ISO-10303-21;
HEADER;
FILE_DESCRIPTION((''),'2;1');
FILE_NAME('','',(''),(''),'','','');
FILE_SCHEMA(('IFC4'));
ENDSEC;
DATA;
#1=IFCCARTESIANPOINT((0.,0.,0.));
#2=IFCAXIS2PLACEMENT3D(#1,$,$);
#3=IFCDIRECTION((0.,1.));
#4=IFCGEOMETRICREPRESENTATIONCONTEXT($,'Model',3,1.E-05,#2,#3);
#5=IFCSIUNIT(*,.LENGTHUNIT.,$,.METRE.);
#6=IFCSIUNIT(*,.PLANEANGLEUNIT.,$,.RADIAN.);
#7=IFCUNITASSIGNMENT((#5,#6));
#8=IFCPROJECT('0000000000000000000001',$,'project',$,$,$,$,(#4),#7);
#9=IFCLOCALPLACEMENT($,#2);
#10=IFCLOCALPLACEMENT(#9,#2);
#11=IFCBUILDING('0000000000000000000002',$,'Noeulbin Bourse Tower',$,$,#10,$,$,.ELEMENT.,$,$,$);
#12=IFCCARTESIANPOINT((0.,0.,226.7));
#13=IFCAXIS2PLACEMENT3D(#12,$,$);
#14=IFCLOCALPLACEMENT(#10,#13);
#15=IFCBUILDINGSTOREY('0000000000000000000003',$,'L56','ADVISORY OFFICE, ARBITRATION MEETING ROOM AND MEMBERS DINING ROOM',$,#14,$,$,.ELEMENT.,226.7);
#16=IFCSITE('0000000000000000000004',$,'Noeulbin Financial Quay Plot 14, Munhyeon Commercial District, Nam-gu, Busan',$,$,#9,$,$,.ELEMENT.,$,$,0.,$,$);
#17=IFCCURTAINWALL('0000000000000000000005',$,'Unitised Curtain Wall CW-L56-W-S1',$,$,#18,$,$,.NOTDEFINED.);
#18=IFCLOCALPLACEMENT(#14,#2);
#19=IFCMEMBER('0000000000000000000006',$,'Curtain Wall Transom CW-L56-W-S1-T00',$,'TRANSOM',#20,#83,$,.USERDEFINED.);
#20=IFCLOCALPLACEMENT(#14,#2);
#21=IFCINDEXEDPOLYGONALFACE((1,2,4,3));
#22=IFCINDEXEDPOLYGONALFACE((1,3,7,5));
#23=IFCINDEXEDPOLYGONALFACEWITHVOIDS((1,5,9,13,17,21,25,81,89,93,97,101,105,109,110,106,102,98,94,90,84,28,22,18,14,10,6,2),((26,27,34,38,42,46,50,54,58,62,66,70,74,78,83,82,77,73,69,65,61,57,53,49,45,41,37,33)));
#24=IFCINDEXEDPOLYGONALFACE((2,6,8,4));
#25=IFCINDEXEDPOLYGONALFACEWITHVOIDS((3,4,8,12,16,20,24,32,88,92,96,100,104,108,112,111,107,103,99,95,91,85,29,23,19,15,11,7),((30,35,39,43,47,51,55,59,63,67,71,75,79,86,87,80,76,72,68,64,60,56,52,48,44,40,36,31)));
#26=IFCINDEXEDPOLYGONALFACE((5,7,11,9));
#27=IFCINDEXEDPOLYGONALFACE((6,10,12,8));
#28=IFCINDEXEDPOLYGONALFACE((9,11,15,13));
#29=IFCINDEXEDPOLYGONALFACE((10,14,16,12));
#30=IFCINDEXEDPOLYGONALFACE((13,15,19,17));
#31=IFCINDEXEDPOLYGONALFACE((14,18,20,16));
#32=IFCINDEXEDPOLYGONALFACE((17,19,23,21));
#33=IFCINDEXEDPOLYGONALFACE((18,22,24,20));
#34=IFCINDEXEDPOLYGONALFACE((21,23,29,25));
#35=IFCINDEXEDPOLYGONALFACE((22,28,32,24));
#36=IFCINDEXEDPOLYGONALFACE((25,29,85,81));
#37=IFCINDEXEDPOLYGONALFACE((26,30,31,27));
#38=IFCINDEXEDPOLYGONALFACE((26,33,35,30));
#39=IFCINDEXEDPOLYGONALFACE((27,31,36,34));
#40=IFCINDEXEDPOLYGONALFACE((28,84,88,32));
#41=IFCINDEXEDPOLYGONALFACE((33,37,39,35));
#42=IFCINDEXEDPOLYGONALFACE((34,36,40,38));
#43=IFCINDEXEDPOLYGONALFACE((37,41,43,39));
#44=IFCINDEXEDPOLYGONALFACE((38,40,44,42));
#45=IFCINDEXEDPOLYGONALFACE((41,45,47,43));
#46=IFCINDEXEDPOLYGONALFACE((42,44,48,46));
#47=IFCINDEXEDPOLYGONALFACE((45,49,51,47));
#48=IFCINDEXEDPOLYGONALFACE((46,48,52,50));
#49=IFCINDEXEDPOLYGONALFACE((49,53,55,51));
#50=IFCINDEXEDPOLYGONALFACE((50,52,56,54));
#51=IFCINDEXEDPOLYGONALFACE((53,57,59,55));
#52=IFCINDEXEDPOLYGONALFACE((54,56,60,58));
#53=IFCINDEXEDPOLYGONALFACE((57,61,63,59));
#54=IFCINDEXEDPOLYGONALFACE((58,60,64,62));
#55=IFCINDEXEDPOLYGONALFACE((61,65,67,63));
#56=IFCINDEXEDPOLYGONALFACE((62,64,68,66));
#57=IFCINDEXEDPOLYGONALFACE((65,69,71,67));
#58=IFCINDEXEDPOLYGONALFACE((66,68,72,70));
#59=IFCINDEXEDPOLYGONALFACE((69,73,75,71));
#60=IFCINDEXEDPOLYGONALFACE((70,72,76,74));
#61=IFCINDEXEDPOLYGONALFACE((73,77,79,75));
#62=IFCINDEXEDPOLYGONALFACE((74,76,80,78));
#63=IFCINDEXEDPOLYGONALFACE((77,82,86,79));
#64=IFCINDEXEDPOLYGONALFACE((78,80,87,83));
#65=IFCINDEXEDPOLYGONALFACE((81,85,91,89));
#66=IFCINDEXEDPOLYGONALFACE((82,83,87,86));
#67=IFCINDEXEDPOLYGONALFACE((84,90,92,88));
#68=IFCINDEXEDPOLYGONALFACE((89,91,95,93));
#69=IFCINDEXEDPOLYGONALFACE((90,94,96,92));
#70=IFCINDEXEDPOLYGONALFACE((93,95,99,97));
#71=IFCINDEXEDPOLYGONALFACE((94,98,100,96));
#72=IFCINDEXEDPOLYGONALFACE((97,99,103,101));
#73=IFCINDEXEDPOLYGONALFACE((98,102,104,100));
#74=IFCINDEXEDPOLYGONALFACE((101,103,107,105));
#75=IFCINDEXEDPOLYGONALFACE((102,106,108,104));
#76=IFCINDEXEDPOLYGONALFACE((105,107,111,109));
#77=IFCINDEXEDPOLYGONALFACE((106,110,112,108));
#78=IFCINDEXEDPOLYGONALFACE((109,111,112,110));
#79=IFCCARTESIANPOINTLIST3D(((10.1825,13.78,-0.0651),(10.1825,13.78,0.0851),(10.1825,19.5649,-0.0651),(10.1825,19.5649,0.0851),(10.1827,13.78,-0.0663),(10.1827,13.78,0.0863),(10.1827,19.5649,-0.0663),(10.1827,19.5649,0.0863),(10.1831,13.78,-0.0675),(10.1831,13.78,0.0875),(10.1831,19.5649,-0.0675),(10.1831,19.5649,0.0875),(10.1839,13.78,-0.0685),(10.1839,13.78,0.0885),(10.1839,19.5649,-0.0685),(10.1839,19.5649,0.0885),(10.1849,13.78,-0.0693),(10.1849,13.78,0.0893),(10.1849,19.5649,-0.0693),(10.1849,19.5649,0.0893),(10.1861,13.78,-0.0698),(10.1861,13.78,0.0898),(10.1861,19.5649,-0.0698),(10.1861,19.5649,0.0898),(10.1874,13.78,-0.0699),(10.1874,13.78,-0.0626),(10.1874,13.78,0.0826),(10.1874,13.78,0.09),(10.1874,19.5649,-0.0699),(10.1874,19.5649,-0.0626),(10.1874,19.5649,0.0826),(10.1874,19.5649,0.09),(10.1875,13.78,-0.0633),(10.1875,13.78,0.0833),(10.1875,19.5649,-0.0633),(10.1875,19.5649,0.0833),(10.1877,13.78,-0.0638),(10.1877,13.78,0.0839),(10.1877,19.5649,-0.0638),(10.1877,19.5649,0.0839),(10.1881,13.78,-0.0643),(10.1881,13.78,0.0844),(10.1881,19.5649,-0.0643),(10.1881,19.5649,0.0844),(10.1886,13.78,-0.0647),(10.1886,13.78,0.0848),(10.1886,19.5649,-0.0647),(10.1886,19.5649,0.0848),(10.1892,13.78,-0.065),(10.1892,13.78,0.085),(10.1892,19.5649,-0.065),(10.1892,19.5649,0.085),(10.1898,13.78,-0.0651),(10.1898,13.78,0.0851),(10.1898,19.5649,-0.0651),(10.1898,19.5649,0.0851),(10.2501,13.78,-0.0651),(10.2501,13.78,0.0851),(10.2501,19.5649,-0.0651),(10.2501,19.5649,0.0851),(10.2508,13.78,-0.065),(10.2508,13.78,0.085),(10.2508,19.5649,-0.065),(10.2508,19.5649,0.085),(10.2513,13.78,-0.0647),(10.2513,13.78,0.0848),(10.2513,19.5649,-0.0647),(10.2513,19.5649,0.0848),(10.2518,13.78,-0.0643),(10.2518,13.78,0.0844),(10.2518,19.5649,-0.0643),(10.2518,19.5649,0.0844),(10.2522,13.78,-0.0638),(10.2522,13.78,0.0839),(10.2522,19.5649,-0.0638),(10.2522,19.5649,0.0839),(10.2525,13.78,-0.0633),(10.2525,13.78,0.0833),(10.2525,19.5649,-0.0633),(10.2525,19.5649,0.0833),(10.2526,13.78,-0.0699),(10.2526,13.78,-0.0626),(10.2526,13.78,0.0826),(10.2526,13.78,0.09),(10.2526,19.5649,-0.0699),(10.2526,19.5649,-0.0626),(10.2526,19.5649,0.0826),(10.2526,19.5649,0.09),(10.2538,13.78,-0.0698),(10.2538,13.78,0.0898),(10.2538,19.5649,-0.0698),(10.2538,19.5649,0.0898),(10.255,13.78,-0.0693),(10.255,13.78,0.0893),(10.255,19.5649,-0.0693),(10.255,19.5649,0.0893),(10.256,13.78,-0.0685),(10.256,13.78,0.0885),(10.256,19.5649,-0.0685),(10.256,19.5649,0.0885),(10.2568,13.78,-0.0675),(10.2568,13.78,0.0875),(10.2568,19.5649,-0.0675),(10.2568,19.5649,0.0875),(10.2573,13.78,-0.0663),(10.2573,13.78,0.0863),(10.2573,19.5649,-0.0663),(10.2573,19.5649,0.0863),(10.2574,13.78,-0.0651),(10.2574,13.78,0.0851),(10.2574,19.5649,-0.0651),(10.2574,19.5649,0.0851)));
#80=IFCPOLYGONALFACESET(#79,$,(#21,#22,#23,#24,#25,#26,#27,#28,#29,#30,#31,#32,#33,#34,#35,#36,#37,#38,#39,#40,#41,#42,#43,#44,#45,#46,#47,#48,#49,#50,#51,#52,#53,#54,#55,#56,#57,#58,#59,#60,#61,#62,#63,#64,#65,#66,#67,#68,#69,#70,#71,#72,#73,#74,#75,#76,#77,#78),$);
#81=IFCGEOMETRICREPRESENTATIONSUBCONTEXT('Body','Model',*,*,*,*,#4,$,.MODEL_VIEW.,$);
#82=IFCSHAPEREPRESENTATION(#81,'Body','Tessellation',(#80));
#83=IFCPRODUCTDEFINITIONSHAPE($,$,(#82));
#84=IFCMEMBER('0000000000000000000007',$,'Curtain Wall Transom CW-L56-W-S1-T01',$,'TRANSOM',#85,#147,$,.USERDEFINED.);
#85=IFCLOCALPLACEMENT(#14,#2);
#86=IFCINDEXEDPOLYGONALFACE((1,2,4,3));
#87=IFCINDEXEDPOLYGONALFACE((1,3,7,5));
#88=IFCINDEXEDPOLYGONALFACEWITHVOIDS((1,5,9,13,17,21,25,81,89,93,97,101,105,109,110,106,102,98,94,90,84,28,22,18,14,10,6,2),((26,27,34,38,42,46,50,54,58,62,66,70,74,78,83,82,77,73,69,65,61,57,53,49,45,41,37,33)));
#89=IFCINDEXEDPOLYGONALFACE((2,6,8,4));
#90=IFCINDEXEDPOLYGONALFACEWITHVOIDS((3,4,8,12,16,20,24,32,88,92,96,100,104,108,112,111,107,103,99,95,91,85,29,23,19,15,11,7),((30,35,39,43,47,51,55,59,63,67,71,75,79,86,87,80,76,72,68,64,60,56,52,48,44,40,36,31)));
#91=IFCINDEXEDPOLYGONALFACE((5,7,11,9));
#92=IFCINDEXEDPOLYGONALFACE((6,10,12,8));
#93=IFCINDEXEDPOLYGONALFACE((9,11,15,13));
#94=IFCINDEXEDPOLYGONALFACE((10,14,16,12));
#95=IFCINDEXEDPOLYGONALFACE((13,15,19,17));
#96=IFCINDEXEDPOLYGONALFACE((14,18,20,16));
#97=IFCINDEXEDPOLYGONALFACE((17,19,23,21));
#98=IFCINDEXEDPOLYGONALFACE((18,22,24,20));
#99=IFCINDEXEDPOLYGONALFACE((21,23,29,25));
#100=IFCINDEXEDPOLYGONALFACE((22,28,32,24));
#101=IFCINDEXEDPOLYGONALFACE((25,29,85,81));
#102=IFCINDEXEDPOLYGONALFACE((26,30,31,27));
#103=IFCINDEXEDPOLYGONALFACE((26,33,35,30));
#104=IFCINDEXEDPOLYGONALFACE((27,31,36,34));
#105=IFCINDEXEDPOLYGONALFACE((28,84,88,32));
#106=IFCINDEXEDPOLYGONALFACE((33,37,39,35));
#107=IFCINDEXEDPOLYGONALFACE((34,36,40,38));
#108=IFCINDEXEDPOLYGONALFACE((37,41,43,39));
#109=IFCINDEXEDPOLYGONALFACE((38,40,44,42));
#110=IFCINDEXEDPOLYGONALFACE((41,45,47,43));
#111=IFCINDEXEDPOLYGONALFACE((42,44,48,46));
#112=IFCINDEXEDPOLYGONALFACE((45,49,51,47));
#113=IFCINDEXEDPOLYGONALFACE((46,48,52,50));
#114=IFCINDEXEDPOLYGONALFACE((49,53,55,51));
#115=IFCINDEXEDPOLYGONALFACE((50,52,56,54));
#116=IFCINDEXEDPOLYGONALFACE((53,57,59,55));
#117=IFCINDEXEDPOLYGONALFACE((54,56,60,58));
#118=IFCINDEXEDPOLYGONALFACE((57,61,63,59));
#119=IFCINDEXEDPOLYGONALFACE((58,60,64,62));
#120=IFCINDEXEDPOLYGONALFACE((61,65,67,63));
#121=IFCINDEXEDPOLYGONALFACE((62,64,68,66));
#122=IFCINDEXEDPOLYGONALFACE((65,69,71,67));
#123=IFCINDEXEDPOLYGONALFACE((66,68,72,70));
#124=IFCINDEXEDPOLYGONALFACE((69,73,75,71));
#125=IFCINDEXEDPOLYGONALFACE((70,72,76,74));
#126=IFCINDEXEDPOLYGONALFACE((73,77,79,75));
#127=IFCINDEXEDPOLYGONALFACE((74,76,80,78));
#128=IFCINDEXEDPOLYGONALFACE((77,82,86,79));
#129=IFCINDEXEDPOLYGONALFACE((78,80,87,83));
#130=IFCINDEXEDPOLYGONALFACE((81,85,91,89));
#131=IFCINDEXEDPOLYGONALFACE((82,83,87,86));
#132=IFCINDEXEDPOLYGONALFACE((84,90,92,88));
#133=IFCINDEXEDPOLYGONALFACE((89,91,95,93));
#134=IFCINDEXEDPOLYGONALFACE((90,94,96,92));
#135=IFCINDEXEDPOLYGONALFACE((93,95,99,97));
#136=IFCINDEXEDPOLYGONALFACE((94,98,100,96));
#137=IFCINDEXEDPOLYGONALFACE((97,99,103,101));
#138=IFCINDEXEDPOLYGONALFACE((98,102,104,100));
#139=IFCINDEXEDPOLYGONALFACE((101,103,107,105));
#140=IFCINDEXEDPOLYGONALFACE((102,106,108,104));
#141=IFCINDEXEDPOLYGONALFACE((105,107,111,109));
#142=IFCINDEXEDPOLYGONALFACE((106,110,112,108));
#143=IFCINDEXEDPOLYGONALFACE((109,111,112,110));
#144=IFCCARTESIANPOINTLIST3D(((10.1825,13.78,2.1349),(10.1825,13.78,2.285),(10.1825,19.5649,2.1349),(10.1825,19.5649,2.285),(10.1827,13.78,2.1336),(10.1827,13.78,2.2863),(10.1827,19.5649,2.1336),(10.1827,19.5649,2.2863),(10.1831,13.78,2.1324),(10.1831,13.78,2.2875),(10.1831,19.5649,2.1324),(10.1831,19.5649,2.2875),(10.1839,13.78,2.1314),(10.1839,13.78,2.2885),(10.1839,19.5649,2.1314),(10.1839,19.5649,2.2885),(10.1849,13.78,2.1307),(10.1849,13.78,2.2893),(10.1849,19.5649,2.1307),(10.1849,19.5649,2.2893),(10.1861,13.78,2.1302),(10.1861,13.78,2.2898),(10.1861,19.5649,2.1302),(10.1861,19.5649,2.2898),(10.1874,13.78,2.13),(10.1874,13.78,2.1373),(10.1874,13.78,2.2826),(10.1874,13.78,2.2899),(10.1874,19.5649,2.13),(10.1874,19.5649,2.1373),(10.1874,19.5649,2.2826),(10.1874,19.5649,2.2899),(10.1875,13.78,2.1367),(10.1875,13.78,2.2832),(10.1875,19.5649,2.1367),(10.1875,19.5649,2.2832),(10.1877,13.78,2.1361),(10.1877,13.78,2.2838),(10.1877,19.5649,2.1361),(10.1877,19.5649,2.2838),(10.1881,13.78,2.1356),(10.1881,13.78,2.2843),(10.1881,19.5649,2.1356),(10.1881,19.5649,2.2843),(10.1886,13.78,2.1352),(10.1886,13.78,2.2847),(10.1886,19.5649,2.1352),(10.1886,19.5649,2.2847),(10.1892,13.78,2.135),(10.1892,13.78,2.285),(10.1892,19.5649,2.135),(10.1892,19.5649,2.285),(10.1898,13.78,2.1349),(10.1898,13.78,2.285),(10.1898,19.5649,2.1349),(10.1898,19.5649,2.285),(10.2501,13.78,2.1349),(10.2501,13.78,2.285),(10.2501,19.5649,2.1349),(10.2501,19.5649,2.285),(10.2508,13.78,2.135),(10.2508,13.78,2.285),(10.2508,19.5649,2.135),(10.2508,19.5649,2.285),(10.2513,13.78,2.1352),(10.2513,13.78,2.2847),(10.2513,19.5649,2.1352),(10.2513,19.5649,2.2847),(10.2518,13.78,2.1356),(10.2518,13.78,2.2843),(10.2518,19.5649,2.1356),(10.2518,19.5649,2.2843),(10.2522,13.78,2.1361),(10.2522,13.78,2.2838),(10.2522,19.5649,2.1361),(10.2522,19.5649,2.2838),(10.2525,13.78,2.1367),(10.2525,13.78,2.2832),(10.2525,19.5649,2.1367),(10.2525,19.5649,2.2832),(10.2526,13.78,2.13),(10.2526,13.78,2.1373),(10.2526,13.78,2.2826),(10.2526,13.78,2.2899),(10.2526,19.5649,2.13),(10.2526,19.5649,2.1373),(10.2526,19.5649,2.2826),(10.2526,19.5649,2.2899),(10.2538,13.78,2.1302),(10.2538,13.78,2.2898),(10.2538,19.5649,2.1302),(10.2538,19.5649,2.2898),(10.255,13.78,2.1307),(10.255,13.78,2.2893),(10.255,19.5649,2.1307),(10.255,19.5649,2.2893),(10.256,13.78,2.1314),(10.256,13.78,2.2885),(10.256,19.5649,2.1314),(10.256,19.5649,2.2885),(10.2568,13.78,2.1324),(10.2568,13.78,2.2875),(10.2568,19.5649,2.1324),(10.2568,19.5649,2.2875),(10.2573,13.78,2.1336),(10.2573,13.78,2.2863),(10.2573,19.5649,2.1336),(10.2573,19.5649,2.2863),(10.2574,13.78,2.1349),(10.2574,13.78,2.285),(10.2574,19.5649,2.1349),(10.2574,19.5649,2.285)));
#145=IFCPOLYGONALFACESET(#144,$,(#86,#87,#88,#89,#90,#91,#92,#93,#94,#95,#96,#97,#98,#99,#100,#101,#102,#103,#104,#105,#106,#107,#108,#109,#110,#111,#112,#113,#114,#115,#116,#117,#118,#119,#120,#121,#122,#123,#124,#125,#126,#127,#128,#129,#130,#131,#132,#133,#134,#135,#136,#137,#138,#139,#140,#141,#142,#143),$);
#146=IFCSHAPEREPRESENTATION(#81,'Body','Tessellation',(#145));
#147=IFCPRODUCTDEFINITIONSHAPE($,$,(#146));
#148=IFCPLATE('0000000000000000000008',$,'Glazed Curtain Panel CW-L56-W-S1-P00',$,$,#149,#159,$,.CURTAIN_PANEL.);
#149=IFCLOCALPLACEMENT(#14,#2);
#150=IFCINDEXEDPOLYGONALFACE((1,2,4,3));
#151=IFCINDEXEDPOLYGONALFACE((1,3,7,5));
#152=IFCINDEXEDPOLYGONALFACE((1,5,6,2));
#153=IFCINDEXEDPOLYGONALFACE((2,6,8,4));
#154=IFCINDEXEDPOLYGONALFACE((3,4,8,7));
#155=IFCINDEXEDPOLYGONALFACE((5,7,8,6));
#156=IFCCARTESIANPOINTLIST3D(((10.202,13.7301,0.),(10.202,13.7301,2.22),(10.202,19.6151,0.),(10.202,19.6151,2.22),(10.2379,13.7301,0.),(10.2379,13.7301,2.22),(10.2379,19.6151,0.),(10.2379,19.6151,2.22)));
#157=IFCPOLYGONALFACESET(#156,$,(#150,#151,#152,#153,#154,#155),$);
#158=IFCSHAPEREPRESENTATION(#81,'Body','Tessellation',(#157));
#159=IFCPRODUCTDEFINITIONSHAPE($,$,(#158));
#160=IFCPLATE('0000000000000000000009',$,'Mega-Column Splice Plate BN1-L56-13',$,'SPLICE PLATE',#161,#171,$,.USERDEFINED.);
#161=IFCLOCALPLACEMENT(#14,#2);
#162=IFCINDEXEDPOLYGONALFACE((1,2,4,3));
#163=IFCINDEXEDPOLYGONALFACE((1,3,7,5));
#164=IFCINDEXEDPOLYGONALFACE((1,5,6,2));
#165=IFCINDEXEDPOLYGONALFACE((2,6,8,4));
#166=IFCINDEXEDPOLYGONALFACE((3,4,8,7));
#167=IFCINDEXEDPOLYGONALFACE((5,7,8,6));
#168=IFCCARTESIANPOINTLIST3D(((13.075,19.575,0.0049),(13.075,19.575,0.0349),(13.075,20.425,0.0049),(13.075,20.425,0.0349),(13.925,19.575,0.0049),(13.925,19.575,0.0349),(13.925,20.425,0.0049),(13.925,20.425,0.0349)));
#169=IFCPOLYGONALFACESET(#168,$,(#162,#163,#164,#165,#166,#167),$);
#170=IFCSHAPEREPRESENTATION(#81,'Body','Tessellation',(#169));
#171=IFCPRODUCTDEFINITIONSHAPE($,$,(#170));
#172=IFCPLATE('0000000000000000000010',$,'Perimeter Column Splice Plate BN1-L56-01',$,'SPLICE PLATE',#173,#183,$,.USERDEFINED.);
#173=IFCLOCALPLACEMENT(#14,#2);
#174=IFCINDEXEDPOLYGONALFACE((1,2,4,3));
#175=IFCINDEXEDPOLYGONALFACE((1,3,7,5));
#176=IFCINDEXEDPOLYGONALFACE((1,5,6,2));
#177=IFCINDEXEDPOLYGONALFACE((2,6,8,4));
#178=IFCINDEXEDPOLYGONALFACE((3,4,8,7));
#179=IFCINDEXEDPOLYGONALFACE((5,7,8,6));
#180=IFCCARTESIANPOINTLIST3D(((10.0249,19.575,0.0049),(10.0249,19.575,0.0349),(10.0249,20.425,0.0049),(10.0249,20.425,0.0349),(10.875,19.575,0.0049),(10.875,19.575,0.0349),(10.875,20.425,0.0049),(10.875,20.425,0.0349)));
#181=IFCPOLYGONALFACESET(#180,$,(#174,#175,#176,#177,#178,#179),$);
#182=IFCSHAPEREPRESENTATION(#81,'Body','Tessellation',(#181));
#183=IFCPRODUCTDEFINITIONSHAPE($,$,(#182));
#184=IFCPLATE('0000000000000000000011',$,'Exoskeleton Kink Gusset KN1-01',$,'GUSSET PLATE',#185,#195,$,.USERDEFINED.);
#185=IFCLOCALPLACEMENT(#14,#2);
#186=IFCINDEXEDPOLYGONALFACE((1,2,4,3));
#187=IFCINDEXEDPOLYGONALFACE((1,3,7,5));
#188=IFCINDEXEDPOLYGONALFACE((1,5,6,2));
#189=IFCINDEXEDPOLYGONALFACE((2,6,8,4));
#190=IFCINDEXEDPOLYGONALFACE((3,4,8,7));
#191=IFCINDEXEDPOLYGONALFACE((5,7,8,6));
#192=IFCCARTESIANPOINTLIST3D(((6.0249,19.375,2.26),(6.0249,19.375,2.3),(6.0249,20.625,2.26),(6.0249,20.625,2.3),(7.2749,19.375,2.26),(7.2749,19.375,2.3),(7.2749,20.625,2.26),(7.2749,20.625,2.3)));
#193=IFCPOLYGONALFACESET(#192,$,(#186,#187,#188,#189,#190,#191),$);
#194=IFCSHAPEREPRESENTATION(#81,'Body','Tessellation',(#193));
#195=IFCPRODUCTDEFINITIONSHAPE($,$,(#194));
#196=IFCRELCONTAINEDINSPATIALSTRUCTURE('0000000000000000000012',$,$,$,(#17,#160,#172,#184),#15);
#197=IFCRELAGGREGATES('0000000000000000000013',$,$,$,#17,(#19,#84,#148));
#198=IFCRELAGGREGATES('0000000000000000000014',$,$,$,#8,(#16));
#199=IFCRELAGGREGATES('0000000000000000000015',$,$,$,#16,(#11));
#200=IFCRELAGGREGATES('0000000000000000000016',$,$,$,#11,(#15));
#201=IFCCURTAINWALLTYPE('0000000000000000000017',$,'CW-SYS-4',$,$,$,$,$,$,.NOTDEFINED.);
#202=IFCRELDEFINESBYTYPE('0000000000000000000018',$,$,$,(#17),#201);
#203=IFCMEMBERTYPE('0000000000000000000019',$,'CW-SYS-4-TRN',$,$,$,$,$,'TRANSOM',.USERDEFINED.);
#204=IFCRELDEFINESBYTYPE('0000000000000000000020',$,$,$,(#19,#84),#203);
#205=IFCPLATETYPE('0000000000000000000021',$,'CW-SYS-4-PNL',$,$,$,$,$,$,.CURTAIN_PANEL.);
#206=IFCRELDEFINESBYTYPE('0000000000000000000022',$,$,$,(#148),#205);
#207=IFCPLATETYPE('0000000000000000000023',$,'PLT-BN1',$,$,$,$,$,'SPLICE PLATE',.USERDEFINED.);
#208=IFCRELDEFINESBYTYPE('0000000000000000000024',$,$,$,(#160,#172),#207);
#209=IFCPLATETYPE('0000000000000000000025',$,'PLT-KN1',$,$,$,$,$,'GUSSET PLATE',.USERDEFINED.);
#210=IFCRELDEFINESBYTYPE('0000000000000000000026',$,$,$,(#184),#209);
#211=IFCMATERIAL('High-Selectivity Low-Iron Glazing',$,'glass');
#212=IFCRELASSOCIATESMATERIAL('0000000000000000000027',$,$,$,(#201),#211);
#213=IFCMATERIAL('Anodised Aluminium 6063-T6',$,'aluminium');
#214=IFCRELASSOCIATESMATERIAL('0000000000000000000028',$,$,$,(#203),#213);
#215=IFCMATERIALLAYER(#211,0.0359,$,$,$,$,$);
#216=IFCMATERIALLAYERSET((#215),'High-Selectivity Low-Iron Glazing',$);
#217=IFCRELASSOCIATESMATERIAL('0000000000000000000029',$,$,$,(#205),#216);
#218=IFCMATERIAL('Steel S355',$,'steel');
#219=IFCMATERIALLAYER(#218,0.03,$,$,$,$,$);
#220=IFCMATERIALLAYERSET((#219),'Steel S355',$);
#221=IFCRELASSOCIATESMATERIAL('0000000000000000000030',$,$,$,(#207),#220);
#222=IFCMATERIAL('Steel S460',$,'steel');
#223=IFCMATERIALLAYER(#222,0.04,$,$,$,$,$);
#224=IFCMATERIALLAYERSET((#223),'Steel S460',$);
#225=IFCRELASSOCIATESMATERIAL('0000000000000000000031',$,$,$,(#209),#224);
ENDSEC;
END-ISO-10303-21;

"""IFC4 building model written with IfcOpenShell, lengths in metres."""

from ifc_helpers import new_model, si_unit, direction, frame, origin, origin_2d, place, context, subcontext, project, spatial, rectangle, hollow_rectangle, extrude, material, layer, layer_set, material_profile, profile_set, type_object, element, aggregate, save


model = new_model("IFC4")

# Units and contexts
model_context = context("Model", 3, precision=1e-05, world=origin(), true_north=direction((0.0, 1.0)))
body_context = subcontext(model_context, "Body", "Model", "MODEL_VIEW")
ifc_project = project(units=[si_unit("LENGTHUNIT", "METRE"), si_unit("PLANEANGLEUNIT", "RADIAN")], contexts=[model_context])

# Site, building, storey
site_placement = place(None, origin())
site = spatial("IfcSite", under=ifc_project, at=site_placement, Name="Noeulbin Financial Quay Plot 14, Munhyeon Commercial District, Nam-gu, Busan", CompositionType="ELEMENT", RefElevation=0.0)
building_placement = place(site_placement, origin())
building = spatial("IfcBuilding", under=site, at=building_placement, Name="Noeulbin Bourse Tower", CompositionType="ELEMENT")
storey_placement = place(building_placement, frame((0.0, 0.0, 226.7)))
storey = spatial("IfcBuildingStorey", under=building, at=storey_placement, Name="L56", Description="ADVISORY OFFICE, ARBITRATION MEETING ROOM AND MEMBERS DINING ROOM", CompositionType="ELEMENT", Elevation=226.7)

# Shared definitions
ifc_material_1 = material(Name="Steel S355", Category="steel")

# Shared definitions
ifc_material_2 = material(Name="Steel S460", Category="steel")

# Curtain wall, members, plate
ifc_material_3 = material(Name="High-Selectivity Low-Iron Glazing", Category="glass")
curtain_wall_type = type_object("IfcCurtainWallType", Name="CW-SYS-4", PredefinedType="NOTDEFINED", material=ifc_material_3)
curtain_wall_placement = place(storey_placement, origin())
curtain_wall = element("IfcCurtainWall", 1, at=curtain_wall_placement, inside=storey, type_object=curtain_wall_type, Name="Unitised Curtain Wall CW-L56-W-S1", PredefinedType="NOTDEFINED")
ifc_material_4 = material(Name="Anodised Aluminium 6063-T6", Category="aluminium")
ifc_material_profile_1 = material_profile(ifc_material_4, hollow_rectangle(XDim=0.075, YDim=0.1599, WallThickness=0.0049, InnerFilletRadius=0.0024, OuterFilletRadius=0.0049, at=origin_2d()), Name="ALU-TRAN-75x160x5", Category="LoadBearing")
ifc_profile_set_1 = profile_set([ifc_material_profile_1], Name="Anodised Aluminium 6063-T6")
member_type_1 = type_object("IfcMemberType", Name="CW-SYS-4-TRN", ElementType="TRANSOM", PredefinedType="USERDEFINED", material=ifc_profile_set_1)
member_1_placement = place(storey_placement, frame((10.22, 13.78, 0.01), z_axis=(0.0, 1.0, 0.0), x_axis=(-1.0, 0.0, 0.0)))
member_1 = element("IfcMember", 2, at=member_1_placement, type_object=member_type_1, Name="Curtain Wall Transom CW-L56-W-S1-T00", ObjectType="TRANSOM", PredefinedType="USERDEFINED", context=body_context, shape_type="SweptSolid", body=[
    extrude(hollow_rectangle(XDim=0.075, YDim=0.1599, WallThickness=0.0049, InnerFilletRadius=0.0024, OuterFilletRadius=0.0049, at=origin_2d()), origin(), (0.0, 0.0, 1.0), 5.7849),
])
member_2_placement = place(storey_placement, frame((10.22, 13.78, 2.21), z_axis=(0.0, 1.0, 0.0), x_axis=(-1.0, 0.0, 0.0)))
member_2 = element("IfcMember", 3, at=member_2_placement, type_object=member_type_1, Name="Curtain Wall Transom CW-L56-W-S1-T01", ObjectType="TRANSOM", PredefinedType="USERDEFINED", context=body_context, shape_type="SweptSolid", body=[
    extrude(hollow_rectangle(XDim=0.075, YDim=0.1599, WallThickness=0.0049, InnerFilletRadius=0.0024, OuterFilletRadius=0.0049, at=origin_2d()), origin(), (0.0, 0.0, 1.0), 5.7849),
])
ifc_layer_1 = layer(ifc_material_3, 0.0359)
ifc_layer_set_1 = layer_set([ifc_layer_1], Name="High-Selectivity Low-Iron Glazing")
plate_type_1 = type_object("IfcPlateType", Name="CW-SYS-4-PNL", PredefinedType="CURTAIN_PANEL", material=ifc_layer_set_1)
plate_1_placement = place(storey_placement, frame((10.22, 16.6726, 0.0), z_axis=(0.0, 0.0, 1.0), x_axis=(0.0, 1.0, 0.0)))
plate_1 = element("IfcPlate", 4, at=plate_1_placement, type_object=plate_type_1, Name="Glazed Curtain Panel CW-L56-W-S1-P00", PredefinedType="CURTAIN_PANEL", context=body_context, shape_type="SweptSolid", body=[
    extrude(rectangle(XDim=5.885, YDim=0.0359, at=origin_2d()), origin(), (0.0, 0.0, 1.0), 2.22),
])
aggregate(curtain_wall, [member_1, member_2, plate_1])

# Plates
ifc_layer_2 = layer(ifc_material_1, 0.03)
ifc_layer_set_2 = layer_set([ifc_layer_2], Name="Steel S355")
plate_type_2 = type_object("IfcPlateType", Name="PLT-BN1", ElementType="SPLICE PLATE", PredefinedType="USERDEFINED", material=ifc_layer_set_2)
for number, where, z_axis, x_axis, name in (
    (5, (13.5, 20.0, 0.0049), (0.0, 0.0, 1.0), (1.0, 0.0, 0.0), "Mega-Column Splice Plate BN1-L56-13"),
    (6, (10.45, 20.0, 0.0049), (0.0, 0.0, 1.0), (1.0, 0.0, 0.0), "Perimeter Column Splice Plate BN1-L56-01"),
):
    element("IfcPlate", number, at=place(storey_placement, frame(where, z_axis=z_axis, x_axis=x_axis)), inside=storey, type_object=plate_type_2, Name=name, ObjectType="SPLICE PLATE", PredefinedType="USERDEFINED", context=body_context, shape_type="SweptSolid", body=[
        extrude(rectangle(XDim=0.8501, YDim=0.8501, at=origin_2d()), origin(), (0.0, 0.0, 1.0), 0.03),
    ])
ifc_layer_3 = layer(ifc_material_2, 0.04)
ifc_layer_set_3 = layer_set([ifc_layer_3], Name="Steel S460")
plate_type_3 = type_object("IfcPlateType", Name="PLT-KN1", ElementType="GUSSET PLATE", PredefinedType="USERDEFINED", material=ifc_layer_set_3)
plate_2_placement = place(storey_placement, frame((6.6499, 20.0, 2.26), z_axis=(0.0, 0.0, 1.0), x_axis=(1.0, 0.0, 0.0)))
element("IfcPlate", 7, at=plate_2_placement, inside=storey, type_object=plate_type_3, Name="Exoskeleton Kink Gusset KN1-01", ObjectType="GUSSET PLATE", PredefinedType="USERDEFINED", context=body_context, shape_type="SweptSolid", body=[
    extrude(rectangle(XDim=1.25, YDim=1.25, at=origin_2d()), origin(), (0.0, 0.0, 1.0), 0.04),
])

save(model, "model.ifc")
